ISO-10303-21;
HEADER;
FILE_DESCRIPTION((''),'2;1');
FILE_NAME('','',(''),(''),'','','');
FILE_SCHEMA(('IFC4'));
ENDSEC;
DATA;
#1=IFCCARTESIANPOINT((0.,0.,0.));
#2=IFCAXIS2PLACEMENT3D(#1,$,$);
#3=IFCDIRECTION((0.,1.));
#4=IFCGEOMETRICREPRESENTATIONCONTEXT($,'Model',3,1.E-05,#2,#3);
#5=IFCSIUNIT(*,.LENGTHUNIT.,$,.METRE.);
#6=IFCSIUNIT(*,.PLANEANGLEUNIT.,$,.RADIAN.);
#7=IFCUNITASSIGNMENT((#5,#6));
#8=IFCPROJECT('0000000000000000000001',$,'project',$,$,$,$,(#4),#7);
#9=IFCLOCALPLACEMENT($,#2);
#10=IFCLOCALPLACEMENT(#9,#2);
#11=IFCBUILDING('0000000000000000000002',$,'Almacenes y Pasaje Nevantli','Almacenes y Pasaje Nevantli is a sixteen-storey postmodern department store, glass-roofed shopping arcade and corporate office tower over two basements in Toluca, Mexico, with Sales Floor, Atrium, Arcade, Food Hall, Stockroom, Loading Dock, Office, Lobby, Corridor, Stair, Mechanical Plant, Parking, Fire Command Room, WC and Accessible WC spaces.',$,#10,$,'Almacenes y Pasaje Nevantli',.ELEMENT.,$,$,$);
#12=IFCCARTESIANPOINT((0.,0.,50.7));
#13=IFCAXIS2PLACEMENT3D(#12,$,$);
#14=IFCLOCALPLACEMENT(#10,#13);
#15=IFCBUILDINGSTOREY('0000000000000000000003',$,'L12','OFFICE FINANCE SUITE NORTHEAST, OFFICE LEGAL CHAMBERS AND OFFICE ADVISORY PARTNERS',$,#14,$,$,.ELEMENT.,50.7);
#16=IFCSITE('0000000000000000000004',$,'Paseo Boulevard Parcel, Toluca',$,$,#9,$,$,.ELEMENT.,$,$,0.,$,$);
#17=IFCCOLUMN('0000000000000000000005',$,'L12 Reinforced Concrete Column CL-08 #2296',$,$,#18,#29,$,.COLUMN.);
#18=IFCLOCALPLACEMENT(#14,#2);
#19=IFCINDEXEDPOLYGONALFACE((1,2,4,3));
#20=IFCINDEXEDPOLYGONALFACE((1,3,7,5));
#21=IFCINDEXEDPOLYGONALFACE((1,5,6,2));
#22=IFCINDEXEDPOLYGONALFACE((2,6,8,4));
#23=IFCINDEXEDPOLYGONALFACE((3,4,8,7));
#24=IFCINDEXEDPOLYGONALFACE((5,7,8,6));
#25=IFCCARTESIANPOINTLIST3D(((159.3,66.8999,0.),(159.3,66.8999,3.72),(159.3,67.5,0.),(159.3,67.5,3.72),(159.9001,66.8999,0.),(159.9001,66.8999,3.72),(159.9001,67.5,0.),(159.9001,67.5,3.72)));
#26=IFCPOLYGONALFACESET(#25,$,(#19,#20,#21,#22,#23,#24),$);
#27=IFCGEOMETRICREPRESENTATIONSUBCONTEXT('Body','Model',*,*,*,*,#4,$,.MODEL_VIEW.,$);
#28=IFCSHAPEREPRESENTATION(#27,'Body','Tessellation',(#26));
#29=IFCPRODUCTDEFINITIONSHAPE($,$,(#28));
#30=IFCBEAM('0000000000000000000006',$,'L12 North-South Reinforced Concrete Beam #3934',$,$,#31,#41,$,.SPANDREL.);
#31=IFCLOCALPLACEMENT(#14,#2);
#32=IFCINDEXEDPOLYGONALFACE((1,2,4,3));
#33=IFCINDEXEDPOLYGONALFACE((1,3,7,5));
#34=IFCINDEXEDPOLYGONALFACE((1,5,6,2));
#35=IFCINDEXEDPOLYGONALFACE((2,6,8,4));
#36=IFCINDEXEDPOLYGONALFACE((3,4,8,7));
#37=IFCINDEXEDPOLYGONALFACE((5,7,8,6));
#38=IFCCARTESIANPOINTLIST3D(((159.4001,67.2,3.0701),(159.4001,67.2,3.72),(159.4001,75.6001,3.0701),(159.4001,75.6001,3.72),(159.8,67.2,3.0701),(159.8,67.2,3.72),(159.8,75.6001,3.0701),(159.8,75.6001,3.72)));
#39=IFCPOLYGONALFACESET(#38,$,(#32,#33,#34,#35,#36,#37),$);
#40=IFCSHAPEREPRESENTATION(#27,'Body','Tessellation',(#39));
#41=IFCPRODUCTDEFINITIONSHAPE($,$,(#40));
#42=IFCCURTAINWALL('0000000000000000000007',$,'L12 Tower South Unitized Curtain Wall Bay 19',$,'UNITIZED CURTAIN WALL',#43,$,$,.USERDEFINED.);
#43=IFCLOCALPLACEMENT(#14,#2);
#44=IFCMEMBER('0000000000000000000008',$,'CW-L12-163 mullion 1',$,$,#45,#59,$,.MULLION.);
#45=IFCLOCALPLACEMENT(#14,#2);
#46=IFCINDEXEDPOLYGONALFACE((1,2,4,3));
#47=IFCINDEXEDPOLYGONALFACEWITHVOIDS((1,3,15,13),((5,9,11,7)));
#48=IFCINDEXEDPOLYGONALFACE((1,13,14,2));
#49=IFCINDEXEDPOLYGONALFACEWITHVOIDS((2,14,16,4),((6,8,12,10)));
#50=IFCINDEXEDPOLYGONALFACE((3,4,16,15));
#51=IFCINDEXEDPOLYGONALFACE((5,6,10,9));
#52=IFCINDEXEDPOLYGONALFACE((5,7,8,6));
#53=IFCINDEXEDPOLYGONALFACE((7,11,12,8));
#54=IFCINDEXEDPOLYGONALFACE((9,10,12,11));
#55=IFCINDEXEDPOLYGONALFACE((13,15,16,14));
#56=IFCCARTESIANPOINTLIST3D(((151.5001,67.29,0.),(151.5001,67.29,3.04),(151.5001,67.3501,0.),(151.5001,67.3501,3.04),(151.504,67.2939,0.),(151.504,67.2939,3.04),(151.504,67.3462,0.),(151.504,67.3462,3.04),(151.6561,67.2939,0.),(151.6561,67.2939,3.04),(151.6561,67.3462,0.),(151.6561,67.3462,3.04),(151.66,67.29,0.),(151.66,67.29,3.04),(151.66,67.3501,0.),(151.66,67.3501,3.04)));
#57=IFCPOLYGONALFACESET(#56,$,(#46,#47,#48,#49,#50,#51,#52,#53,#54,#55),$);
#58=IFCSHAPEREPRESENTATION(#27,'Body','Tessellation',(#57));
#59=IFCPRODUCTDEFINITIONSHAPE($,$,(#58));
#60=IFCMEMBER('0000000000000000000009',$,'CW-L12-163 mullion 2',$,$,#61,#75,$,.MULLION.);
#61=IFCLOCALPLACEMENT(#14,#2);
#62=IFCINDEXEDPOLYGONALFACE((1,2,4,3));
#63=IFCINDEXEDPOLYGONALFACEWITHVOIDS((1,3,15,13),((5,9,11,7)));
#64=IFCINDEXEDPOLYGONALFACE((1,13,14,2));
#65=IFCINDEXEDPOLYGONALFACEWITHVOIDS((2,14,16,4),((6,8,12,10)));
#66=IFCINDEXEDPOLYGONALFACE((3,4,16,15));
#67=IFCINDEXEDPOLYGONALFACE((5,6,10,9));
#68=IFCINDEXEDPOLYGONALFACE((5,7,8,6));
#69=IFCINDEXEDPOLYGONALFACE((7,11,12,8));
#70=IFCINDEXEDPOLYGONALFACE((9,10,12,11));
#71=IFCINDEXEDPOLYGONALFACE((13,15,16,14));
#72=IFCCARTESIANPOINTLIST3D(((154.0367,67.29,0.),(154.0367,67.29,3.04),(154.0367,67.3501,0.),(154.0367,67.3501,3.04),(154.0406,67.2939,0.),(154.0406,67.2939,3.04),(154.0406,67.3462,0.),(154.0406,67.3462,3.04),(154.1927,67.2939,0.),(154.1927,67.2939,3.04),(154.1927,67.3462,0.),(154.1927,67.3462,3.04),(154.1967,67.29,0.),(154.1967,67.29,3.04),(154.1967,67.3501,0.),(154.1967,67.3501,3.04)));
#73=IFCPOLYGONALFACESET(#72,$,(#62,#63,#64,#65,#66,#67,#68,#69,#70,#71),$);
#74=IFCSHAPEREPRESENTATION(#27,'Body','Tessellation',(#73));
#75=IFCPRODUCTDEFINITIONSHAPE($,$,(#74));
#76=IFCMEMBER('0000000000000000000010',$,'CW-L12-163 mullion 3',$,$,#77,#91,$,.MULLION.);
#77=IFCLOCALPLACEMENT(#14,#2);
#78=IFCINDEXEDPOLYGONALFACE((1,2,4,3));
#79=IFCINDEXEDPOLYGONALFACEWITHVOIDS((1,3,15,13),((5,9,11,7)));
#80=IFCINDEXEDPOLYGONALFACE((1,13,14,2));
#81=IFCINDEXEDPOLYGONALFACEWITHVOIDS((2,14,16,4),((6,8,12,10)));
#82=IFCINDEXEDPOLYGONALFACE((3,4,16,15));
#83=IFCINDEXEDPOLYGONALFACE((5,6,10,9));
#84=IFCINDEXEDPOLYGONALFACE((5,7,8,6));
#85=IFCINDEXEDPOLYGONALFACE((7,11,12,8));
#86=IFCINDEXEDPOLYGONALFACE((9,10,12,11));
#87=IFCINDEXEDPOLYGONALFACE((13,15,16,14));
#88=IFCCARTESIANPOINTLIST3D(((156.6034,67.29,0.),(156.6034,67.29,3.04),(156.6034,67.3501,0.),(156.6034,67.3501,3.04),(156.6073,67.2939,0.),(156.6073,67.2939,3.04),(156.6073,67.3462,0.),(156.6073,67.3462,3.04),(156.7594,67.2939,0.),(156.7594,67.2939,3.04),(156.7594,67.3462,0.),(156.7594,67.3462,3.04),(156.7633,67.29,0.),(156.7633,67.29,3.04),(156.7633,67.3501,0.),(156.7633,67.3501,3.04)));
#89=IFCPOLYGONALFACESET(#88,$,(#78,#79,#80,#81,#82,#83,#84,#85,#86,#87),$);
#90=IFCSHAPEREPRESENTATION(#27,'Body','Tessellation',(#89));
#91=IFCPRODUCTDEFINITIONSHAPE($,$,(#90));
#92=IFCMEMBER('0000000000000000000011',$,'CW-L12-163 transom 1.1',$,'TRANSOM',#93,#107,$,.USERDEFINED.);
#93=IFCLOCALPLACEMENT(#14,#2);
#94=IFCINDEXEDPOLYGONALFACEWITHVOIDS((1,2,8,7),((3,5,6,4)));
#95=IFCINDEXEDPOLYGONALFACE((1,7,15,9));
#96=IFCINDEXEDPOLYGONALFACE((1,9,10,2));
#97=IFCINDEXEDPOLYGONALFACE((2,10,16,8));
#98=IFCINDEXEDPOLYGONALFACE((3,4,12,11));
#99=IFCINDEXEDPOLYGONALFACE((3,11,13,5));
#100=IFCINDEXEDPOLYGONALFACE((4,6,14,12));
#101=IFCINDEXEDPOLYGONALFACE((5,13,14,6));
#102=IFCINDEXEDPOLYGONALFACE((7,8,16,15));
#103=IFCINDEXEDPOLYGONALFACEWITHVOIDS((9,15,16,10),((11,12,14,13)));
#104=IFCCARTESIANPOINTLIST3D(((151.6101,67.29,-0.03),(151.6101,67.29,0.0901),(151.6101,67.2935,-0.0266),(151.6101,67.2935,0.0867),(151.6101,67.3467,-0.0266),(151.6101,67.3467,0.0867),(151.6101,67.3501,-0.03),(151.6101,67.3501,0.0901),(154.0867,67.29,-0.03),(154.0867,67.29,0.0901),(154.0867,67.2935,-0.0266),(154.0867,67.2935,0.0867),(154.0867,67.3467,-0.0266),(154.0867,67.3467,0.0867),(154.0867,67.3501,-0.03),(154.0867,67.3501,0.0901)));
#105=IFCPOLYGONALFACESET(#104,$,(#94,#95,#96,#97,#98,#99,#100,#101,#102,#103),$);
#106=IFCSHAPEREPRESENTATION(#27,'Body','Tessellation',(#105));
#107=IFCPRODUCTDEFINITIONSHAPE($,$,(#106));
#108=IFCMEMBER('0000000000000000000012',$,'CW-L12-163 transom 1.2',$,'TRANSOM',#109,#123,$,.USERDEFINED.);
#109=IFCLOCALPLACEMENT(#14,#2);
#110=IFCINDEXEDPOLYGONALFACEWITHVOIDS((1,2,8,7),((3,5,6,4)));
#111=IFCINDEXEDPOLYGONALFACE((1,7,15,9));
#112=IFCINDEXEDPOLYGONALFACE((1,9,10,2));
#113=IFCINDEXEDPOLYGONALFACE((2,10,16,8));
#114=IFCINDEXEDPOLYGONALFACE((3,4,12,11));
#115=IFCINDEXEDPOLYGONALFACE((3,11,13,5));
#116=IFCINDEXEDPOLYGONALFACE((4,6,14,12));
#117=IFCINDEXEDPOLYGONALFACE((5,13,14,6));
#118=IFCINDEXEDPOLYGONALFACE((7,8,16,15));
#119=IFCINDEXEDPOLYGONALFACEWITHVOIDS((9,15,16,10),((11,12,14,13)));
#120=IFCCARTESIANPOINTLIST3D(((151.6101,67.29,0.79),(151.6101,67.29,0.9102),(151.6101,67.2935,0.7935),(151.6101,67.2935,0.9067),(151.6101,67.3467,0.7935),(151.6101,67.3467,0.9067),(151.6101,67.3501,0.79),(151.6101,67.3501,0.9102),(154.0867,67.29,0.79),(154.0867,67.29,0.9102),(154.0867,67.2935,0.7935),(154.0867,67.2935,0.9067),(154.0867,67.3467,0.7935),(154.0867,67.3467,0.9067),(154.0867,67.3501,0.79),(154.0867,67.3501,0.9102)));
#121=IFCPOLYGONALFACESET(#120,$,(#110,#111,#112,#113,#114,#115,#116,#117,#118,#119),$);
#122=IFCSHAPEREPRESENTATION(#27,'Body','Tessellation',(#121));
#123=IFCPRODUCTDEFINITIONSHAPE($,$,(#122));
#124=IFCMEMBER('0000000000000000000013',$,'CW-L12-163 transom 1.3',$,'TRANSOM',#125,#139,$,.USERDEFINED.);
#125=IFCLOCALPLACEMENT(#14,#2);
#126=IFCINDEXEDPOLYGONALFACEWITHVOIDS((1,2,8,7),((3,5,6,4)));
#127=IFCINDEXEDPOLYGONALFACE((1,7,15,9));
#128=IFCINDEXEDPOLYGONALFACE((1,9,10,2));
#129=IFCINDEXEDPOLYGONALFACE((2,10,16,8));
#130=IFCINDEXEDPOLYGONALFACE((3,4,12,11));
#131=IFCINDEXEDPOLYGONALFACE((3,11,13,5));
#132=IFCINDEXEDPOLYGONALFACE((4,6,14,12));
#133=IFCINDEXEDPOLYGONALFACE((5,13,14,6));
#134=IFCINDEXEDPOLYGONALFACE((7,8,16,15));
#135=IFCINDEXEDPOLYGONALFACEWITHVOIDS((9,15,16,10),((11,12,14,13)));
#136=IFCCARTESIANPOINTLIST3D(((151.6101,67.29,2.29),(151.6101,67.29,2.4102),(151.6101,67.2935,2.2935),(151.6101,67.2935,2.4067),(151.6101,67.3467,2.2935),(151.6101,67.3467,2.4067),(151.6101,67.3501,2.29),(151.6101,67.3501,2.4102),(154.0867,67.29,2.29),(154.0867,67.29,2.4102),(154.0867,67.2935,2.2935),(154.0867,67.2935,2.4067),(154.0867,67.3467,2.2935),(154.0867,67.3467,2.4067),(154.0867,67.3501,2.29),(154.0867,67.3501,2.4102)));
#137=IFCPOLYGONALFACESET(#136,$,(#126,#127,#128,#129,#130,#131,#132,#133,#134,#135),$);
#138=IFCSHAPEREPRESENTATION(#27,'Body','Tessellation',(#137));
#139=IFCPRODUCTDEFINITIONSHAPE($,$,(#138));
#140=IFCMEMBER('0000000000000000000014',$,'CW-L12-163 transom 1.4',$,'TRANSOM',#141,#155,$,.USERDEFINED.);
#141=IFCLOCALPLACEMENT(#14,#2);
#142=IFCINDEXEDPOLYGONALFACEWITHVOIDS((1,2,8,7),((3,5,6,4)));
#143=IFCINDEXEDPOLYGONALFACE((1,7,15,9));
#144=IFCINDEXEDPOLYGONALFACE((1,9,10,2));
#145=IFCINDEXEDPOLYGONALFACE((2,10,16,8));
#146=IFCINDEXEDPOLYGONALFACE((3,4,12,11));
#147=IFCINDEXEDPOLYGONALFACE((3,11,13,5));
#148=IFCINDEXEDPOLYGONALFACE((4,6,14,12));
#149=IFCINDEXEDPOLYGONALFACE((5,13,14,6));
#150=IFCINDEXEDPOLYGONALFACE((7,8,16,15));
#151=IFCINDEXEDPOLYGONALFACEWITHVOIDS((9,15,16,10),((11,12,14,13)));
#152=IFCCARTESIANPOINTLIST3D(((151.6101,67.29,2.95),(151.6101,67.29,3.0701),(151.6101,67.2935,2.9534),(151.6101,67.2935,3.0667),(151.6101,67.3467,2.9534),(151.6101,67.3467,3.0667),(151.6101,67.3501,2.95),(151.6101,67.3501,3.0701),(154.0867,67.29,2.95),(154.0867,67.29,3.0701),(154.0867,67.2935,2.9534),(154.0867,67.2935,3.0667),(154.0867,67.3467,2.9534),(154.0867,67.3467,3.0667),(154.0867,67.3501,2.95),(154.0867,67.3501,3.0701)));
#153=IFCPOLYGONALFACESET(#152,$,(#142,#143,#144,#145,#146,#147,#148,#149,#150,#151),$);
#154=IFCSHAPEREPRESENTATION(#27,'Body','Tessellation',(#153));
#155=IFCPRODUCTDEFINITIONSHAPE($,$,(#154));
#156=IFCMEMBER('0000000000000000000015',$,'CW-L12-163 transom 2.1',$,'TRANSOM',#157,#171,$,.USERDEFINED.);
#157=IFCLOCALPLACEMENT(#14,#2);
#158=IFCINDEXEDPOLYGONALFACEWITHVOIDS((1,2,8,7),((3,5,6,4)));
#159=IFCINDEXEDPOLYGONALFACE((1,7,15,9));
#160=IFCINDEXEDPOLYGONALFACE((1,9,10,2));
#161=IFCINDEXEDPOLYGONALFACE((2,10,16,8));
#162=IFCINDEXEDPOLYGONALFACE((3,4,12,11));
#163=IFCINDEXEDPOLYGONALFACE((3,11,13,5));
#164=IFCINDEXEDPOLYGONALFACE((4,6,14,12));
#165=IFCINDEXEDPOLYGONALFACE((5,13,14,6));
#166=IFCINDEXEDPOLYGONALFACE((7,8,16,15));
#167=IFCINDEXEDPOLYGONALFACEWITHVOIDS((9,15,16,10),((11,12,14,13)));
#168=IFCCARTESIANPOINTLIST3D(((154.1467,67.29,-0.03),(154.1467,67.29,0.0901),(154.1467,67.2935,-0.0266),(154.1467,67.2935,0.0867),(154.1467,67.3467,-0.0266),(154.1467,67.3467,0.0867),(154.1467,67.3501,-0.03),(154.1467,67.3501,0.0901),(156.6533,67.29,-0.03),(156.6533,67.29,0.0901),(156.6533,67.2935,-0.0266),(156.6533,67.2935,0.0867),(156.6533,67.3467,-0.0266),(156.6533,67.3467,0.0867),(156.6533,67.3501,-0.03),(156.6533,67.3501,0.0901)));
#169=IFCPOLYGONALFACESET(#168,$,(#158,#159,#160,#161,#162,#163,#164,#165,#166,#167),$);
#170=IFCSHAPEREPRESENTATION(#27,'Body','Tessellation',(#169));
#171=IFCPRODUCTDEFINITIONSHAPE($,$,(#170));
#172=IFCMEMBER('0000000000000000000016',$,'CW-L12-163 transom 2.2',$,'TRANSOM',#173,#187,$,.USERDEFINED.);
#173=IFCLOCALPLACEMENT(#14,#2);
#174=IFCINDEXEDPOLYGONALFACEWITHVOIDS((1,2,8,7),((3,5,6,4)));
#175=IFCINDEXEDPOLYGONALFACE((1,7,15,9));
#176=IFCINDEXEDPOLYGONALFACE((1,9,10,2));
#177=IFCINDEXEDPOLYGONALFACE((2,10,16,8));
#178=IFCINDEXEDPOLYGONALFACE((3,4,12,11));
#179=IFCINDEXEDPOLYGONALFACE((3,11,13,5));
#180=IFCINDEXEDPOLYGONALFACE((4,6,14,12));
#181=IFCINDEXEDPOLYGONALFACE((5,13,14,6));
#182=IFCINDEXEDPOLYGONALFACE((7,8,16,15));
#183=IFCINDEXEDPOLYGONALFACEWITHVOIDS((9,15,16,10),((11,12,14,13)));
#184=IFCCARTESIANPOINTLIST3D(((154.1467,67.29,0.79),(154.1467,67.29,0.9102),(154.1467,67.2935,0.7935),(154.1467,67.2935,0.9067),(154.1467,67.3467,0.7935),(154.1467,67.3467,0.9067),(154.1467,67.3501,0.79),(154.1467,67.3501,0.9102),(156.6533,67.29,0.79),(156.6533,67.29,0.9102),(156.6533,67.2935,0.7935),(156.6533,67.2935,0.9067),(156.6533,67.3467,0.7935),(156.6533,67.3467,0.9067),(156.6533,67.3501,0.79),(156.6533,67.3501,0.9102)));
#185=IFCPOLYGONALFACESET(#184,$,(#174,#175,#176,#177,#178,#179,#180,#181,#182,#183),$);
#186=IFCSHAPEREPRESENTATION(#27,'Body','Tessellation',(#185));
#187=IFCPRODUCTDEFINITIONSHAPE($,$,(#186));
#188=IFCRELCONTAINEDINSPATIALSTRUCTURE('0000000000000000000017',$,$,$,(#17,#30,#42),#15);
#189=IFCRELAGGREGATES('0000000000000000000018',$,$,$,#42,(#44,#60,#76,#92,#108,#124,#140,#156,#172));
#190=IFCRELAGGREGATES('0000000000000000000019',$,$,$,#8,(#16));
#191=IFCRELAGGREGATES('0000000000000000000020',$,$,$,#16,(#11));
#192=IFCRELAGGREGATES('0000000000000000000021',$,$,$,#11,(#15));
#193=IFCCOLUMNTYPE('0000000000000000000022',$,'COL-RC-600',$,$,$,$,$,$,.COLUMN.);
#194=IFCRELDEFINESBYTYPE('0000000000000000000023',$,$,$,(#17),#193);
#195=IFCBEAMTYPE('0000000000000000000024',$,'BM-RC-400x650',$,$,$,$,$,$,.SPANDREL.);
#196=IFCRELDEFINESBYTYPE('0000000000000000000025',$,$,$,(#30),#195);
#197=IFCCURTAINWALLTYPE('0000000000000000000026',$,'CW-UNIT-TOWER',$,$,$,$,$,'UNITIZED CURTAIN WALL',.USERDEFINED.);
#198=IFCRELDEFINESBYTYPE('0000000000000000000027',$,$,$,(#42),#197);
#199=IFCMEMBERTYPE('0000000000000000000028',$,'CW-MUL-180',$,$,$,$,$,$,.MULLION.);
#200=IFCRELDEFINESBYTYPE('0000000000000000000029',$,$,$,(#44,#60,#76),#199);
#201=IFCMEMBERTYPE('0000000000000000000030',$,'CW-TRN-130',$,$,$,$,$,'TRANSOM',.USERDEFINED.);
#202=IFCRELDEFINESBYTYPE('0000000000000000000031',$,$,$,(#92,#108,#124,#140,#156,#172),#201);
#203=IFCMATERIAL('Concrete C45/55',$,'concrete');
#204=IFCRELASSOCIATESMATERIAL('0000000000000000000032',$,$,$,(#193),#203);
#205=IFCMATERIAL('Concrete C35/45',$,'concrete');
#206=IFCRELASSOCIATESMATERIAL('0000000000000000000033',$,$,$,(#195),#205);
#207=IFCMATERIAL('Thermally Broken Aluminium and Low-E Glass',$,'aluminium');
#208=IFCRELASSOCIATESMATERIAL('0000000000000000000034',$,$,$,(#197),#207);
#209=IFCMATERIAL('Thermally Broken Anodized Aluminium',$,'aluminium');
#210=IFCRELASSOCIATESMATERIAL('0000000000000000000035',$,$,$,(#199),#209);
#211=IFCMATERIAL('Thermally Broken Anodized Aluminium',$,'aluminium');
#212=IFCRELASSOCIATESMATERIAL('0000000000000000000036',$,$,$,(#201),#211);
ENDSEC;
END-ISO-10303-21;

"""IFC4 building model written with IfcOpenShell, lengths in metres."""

from ifc_helpers import new_model, si_unit, direction, frame, origin, origin_2d, place, context, subcontext, project, spatial, rectangle, hollow_rectangle, extrude, material, material_profile, profile_set, type_object, element, aggregate, save


model = new_model("IFC4")

# Units and contexts
model_context = context("Model", 3, precision=1e-05, world=origin(), true_north=direction((0.0, 1.0)))
body_context = subcontext(model_context, "Body", "Model", "MODEL_VIEW")
ifc_project = project(units=[si_unit("LENGTHUNIT", "METRE"), si_unit("PLANEANGLEUNIT", "RADIAN")], contexts=[model_context])

# Site, building, storey
site_placement = place(None, origin())
site = spatial("IfcSite", under=ifc_project, at=site_placement, Name="Paseo Boulevard Parcel, Toluca", CompositionType="ELEMENT", RefElevation=0.0)
building_placement = place(site_placement, origin())
building = spatial("IfcBuilding", under=site, at=building_placement, Name="Almacenes y Pasaje Nevantli", Description="Almacenes y Pasaje Nevantli is a sixteen-storey postmodern department store, glass-roofed shopping arcade and corporate office tower over two basements in Toluca, Mexico, with Sales Floor, Atrium, Arcade, Food Hall, Stockroom, Loading Dock, Office, Lobby, Corridor, Stair, Mechanical Plant, Parking, Fire Command Room, WC and Accessible WC spaces.", LongName="Almacenes y Pasaje Nevantli", CompositionType="ELEMENT")
storey_placement = place(building_placement, frame((0.0, 0.0, 50.7)))
storey = spatial("IfcBuildingStorey", under=building, at=storey_placement, Name="L12", Description="OFFICE FINANCE SUITE NORTHEAST, OFFICE LEGAL CHAMBERS AND OFFICE ADVISORY PARTNERS", CompositionType="ELEMENT", Elevation=50.7)

# Column
ifc_material_1 = material(Name="Concrete C45/55", Category="concrete")
ifc_material_profile_1 = material_profile(ifc_material_1, rectangle(XDim=0.6001, YDim=0.6001, at=origin_2d()), Name="RC-COL-600x600")
ifc_profile_set_1 = profile_set([ifc_material_profile_1], Name="Concrete C45/55")
column_type = type_object("IfcColumnType", Name="COL-RC-600", PredefinedType="COLUMN", material=ifc_profile_set_1)
column_placement = place(storey_placement, frame((159.6001, 67.2, 0.0), z_axis=(0.0, 0.0, 1.0), x_axis=(1.0, 0.0, 0.0)))
element("IfcColumn", 1, at=column_placement, inside=storey, type_object=column_type, Name="L12 Reinforced Concrete Column CL-08 #2296", PredefinedType="COLUMN", context=body_context, shape_type="SweptSolid", body=[
    extrude(rectangle(XDim=0.6001, YDim=0.6001, at=origin_2d()), origin(), (0.0, 0.0, 1.0), 3.72),
])

# Beam
ifc_material_2 = material(Name="Concrete C35/45", Category="concrete")
ifc_material_profile_2 = material_profile(ifc_material_2, rectangle(XDim=0.3999, YDim=0.6499, at=origin_2d()), Name="RC-BM-400x650")
ifc_profile_set_2 = profile_set([ifc_material_profile_2], Name="Concrete C35/45")
beam_type = type_object("IfcBeamType", Name="BM-RC-400x650", PredefinedType="SPANDREL", material=ifc_profile_set_2)
beam_placement = place(storey_placement, frame((159.6001, 67.2, 3.395), z_axis=(0.0, 1.0, 0.0), x_axis=(-1.0, 0.0, 0.0)))
element("IfcBeam", 2, at=beam_placement, inside=storey, type_object=beam_type, Name="L12 North-South Reinforced Concrete Beam #3934", PredefinedType="SPANDREL", context=body_context, shape_type="SweptSolid", body=[
    extrude(rectangle(XDim=0.3999, YDim=0.6499, at=origin_2d()), origin(), (0.0, 0.0, 1.0), 8.4001),
])

# Curtain wall, members
ifc_material_3 = material(Name="Thermally Broken Aluminium and Low-E Glass", Category="aluminium")
curtain_wall_type = type_object("IfcCurtainWallType", Name="CW-UNIT-TOWER", ElementType="UNITIZED CURTAIN WALL", PredefinedType="USERDEFINED", material=ifc_material_3)
curtain_wall_placement = place(storey_placement, origin())
curtain_wall = element("IfcCurtainWall", 3, at=curtain_wall_placement, inside=storey, type_object=curtain_wall_type, Name="L12 Tower South Unitized Curtain Wall Bay 19", ObjectType="UNITIZED CURTAIN WALL", PredefinedType="USERDEFINED")
ifc_material_4 = material(Name="Thermally Broken Anodized Aluminium", Category="aluminium")
ifc_material_profile_3 = material_profile(ifc_material_4, hollow_rectangle(XDim=0.0601, YDim=0.1599, WallThickness=0.0039, at=origin_2d()), Name="ALU-MUL-60x160")
ifc_profile_set_3 = profile_set([ifc_material_profile_3], Name="Thermally Broken Anodized Aluminium")
member_type_1 = type_object("IfcMemberType", Name="CW-MUL-180", PredefinedType="MULLION", material=ifc_profile_set_3)
member_1_placement = place(storey_placement, frame((151.5801, 67.3201, 0.0), z_axis=(0.0, 0.0, 1.0), x_axis=(0.0, 1.0, 0.0)))
member_1 = element("IfcMember", 4, at=member_1_placement, type_object=member_type_1, Name="CW-L12-163 mullion 1", PredefinedType="MULLION", context=body_context, shape_type="SweptSolid", body=[
    extrude(hollow_rectangle(XDim=0.0601, YDim=0.1599, WallThickness=0.0039, at=origin_2d()), origin(), (0.0, 0.0, 1.0), 3.04),
])
member_2_placement = place(storey_placement, frame((154.1167, 67.3201, 0.0), z_axis=(0.0, 0.0, 1.0), x_axis=(0.0, 1.0, 0.0)))
member_2 = element("IfcMember", 5, at=member_2_placement, type_object=member_type_1, Name="CW-L12-163 mullion 2", PredefinedType="MULLION", context=body_context, shape_type="SweptSolid", body=[
    extrude(hollow_rectangle(XDim=0.0601, YDim=0.1599, WallThickness=0.0039, at=origin_2d()), origin(), (0.0, 0.0, 1.0), 3.04),
])
member_3_placement = place(storey_placement, frame((156.6833, 67.3201, 0.0), z_axis=(0.0, 0.0, 1.0), x_axis=(0.0, 1.0, 0.0)))
member_3 = element("IfcMember", 6, at=member_3_placement, type_object=member_type_1, Name="CW-L12-163 mullion 3", PredefinedType="MULLION", context=body_context, shape_type="SweptSolid", body=[
    extrude(hollow_rectangle(XDim=0.0601, YDim=0.1599, WallThickness=0.0039, at=origin_2d()), origin(), (0.0, 0.0, 1.0), 3.04),
])
ifc_material_5 = material(Name="Thermally Broken Anodized Aluminium", Category="aluminium")
ifc_material_profile_4 = material_profile(ifc_material_5, hollow_rectangle(XDim=0.0601, YDim=0.1201, WallThickness=0.0034, at=origin_2d()), Name="ALU-TRN-60x120")
ifc_profile_set_4 = profile_set([ifc_material_profile_4], Name="Thermally Broken Anodized Aluminium")
member_type_2 = type_object("IfcMemberType", Name="CW-TRN-130", ElementType="TRANSOM", PredefinedType="USERDEFINED", material=ifc_profile_set_4)
member_4_placement = place(storey_placement, frame((151.6101, 67.3201, 0.03), z_axis=(1.0, 0.0, 0.0), x_axis=(0.0, 1.0, 0.0)))
member_4 = element("IfcMember", 7, at=member_4_placement, type_object=member_type_2, Name="CW-L12-163 transom 1.1", ObjectType="TRANSOM", PredefinedType="USERDEFINED", context=body_context, shape_type="SweptSolid", body=[
    extrude(hollow_rectangle(XDim=0.0601, YDim=0.1201, WallThickness=0.0034, at=origin_2d()), origin(), (0.0, 0.0, 1.0), 2.4766),
])
member_5_placement = place(storey_placement, frame((151.6101, 67.3201, 0.8501), z_axis=(1.0, 0.0, 0.0), x_axis=(0.0, 1.0, 0.0)))
member_5 = element("IfcMember", 8, at=member_5_placement, type_object=member_type_2, Name="CW-L12-163 transom 1.2", ObjectType="TRANSOM", PredefinedType="USERDEFINED", context=body_context, shape_type="SweptSolid", body=[
    extrude(hollow_rectangle(XDim=0.0601, YDim=0.1201, WallThickness=0.0034, at=origin_2d()), origin(), (0.0, 0.0, 1.0), 2.4766),
])
member_6_placement = place(storey_placement, frame((151.6101, 67.3201, 2.3501), z_axis=(1.0, 0.0, 0.0), x_axis=(0.0, 1.0, 0.0)))
member_6 = element("IfcMember", 9, at=member_6_placement, type_object=member_type_2, Name="CW-L12-163 transom 1.3", ObjectType="TRANSOM", PredefinedType="USERDEFINED", context=body_context, shape_type="SweptSolid", body=[
    extrude(hollow_rectangle(XDim=0.0601, YDim=0.1201, WallThickness=0.0034, at=origin_2d()), origin(), (0.0, 0.0, 1.0), 2.4766),
])
member_7_placement = place(storey_placement, frame((151.6101, 67.3201, 3.01), z_axis=(1.0, 0.0, 0.0), x_axis=(0.0, 1.0, 0.0)))
member_7 = element("IfcMember", 10, at=member_7_placement, type_object=member_type_2, Name="CW-L12-163 transom 1.4", ObjectType="TRANSOM", PredefinedType="USERDEFINED", context=body_context, shape_type="SweptSolid", body=[
    extrude(hollow_rectangle(XDim=0.0601, YDim=0.1201, WallThickness=0.0034, at=origin_2d()), origin(), (0.0, 0.0, 1.0), 2.4766),
])
member_8_placement = place(storey_placement, frame((154.1467, 67.3201, 0.03), z_axis=(1.0, 0.0, 0.0), x_axis=(0.0, 1.0, 0.0)))
member_8 = element("IfcMember", 11, at=member_8_placement, type_object=member_type_2, Name="CW-L12-163 transom 2.1", ObjectType="TRANSOM", PredefinedType="USERDEFINED", context=body_context, shape_type="SweptSolid", body=[
    extrude(hollow_rectangle(XDim=0.0601, YDim=0.1201, WallThickness=0.0034, at=origin_2d()), origin(), (0.0, 0.0, 1.0), 2.5066),
])
member_9_placement = place(storey_placement, frame((154.1467, 67.3201, 0.8501), z_axis=(1.0, 0.0, 0.0), x_axis=(0.0, 1.0, 0.0)))
member_9 = element("IfcMember", 12, at=member_9_placement, type_object=member_type_2, Name="CW-L12-163 transom 2.2", ObjectType="TRANSOM", PredefinedType="USERDEFINED", context=body_context, shape_type="SweptSolid", body=[
    extrude(hollow_rectangle(XDim=0.0601, YDim=0.1201, WallThickness=0.0034, at=origin_2d()), origin(), (0.0, 0.0, 1.0), 2.5066),
])
aggregate(curtain_wall, [member_1, member_2, member_3, member_4, member_5, member_6, member_7, member_8, member_9])

save(model, "model.ifc")
